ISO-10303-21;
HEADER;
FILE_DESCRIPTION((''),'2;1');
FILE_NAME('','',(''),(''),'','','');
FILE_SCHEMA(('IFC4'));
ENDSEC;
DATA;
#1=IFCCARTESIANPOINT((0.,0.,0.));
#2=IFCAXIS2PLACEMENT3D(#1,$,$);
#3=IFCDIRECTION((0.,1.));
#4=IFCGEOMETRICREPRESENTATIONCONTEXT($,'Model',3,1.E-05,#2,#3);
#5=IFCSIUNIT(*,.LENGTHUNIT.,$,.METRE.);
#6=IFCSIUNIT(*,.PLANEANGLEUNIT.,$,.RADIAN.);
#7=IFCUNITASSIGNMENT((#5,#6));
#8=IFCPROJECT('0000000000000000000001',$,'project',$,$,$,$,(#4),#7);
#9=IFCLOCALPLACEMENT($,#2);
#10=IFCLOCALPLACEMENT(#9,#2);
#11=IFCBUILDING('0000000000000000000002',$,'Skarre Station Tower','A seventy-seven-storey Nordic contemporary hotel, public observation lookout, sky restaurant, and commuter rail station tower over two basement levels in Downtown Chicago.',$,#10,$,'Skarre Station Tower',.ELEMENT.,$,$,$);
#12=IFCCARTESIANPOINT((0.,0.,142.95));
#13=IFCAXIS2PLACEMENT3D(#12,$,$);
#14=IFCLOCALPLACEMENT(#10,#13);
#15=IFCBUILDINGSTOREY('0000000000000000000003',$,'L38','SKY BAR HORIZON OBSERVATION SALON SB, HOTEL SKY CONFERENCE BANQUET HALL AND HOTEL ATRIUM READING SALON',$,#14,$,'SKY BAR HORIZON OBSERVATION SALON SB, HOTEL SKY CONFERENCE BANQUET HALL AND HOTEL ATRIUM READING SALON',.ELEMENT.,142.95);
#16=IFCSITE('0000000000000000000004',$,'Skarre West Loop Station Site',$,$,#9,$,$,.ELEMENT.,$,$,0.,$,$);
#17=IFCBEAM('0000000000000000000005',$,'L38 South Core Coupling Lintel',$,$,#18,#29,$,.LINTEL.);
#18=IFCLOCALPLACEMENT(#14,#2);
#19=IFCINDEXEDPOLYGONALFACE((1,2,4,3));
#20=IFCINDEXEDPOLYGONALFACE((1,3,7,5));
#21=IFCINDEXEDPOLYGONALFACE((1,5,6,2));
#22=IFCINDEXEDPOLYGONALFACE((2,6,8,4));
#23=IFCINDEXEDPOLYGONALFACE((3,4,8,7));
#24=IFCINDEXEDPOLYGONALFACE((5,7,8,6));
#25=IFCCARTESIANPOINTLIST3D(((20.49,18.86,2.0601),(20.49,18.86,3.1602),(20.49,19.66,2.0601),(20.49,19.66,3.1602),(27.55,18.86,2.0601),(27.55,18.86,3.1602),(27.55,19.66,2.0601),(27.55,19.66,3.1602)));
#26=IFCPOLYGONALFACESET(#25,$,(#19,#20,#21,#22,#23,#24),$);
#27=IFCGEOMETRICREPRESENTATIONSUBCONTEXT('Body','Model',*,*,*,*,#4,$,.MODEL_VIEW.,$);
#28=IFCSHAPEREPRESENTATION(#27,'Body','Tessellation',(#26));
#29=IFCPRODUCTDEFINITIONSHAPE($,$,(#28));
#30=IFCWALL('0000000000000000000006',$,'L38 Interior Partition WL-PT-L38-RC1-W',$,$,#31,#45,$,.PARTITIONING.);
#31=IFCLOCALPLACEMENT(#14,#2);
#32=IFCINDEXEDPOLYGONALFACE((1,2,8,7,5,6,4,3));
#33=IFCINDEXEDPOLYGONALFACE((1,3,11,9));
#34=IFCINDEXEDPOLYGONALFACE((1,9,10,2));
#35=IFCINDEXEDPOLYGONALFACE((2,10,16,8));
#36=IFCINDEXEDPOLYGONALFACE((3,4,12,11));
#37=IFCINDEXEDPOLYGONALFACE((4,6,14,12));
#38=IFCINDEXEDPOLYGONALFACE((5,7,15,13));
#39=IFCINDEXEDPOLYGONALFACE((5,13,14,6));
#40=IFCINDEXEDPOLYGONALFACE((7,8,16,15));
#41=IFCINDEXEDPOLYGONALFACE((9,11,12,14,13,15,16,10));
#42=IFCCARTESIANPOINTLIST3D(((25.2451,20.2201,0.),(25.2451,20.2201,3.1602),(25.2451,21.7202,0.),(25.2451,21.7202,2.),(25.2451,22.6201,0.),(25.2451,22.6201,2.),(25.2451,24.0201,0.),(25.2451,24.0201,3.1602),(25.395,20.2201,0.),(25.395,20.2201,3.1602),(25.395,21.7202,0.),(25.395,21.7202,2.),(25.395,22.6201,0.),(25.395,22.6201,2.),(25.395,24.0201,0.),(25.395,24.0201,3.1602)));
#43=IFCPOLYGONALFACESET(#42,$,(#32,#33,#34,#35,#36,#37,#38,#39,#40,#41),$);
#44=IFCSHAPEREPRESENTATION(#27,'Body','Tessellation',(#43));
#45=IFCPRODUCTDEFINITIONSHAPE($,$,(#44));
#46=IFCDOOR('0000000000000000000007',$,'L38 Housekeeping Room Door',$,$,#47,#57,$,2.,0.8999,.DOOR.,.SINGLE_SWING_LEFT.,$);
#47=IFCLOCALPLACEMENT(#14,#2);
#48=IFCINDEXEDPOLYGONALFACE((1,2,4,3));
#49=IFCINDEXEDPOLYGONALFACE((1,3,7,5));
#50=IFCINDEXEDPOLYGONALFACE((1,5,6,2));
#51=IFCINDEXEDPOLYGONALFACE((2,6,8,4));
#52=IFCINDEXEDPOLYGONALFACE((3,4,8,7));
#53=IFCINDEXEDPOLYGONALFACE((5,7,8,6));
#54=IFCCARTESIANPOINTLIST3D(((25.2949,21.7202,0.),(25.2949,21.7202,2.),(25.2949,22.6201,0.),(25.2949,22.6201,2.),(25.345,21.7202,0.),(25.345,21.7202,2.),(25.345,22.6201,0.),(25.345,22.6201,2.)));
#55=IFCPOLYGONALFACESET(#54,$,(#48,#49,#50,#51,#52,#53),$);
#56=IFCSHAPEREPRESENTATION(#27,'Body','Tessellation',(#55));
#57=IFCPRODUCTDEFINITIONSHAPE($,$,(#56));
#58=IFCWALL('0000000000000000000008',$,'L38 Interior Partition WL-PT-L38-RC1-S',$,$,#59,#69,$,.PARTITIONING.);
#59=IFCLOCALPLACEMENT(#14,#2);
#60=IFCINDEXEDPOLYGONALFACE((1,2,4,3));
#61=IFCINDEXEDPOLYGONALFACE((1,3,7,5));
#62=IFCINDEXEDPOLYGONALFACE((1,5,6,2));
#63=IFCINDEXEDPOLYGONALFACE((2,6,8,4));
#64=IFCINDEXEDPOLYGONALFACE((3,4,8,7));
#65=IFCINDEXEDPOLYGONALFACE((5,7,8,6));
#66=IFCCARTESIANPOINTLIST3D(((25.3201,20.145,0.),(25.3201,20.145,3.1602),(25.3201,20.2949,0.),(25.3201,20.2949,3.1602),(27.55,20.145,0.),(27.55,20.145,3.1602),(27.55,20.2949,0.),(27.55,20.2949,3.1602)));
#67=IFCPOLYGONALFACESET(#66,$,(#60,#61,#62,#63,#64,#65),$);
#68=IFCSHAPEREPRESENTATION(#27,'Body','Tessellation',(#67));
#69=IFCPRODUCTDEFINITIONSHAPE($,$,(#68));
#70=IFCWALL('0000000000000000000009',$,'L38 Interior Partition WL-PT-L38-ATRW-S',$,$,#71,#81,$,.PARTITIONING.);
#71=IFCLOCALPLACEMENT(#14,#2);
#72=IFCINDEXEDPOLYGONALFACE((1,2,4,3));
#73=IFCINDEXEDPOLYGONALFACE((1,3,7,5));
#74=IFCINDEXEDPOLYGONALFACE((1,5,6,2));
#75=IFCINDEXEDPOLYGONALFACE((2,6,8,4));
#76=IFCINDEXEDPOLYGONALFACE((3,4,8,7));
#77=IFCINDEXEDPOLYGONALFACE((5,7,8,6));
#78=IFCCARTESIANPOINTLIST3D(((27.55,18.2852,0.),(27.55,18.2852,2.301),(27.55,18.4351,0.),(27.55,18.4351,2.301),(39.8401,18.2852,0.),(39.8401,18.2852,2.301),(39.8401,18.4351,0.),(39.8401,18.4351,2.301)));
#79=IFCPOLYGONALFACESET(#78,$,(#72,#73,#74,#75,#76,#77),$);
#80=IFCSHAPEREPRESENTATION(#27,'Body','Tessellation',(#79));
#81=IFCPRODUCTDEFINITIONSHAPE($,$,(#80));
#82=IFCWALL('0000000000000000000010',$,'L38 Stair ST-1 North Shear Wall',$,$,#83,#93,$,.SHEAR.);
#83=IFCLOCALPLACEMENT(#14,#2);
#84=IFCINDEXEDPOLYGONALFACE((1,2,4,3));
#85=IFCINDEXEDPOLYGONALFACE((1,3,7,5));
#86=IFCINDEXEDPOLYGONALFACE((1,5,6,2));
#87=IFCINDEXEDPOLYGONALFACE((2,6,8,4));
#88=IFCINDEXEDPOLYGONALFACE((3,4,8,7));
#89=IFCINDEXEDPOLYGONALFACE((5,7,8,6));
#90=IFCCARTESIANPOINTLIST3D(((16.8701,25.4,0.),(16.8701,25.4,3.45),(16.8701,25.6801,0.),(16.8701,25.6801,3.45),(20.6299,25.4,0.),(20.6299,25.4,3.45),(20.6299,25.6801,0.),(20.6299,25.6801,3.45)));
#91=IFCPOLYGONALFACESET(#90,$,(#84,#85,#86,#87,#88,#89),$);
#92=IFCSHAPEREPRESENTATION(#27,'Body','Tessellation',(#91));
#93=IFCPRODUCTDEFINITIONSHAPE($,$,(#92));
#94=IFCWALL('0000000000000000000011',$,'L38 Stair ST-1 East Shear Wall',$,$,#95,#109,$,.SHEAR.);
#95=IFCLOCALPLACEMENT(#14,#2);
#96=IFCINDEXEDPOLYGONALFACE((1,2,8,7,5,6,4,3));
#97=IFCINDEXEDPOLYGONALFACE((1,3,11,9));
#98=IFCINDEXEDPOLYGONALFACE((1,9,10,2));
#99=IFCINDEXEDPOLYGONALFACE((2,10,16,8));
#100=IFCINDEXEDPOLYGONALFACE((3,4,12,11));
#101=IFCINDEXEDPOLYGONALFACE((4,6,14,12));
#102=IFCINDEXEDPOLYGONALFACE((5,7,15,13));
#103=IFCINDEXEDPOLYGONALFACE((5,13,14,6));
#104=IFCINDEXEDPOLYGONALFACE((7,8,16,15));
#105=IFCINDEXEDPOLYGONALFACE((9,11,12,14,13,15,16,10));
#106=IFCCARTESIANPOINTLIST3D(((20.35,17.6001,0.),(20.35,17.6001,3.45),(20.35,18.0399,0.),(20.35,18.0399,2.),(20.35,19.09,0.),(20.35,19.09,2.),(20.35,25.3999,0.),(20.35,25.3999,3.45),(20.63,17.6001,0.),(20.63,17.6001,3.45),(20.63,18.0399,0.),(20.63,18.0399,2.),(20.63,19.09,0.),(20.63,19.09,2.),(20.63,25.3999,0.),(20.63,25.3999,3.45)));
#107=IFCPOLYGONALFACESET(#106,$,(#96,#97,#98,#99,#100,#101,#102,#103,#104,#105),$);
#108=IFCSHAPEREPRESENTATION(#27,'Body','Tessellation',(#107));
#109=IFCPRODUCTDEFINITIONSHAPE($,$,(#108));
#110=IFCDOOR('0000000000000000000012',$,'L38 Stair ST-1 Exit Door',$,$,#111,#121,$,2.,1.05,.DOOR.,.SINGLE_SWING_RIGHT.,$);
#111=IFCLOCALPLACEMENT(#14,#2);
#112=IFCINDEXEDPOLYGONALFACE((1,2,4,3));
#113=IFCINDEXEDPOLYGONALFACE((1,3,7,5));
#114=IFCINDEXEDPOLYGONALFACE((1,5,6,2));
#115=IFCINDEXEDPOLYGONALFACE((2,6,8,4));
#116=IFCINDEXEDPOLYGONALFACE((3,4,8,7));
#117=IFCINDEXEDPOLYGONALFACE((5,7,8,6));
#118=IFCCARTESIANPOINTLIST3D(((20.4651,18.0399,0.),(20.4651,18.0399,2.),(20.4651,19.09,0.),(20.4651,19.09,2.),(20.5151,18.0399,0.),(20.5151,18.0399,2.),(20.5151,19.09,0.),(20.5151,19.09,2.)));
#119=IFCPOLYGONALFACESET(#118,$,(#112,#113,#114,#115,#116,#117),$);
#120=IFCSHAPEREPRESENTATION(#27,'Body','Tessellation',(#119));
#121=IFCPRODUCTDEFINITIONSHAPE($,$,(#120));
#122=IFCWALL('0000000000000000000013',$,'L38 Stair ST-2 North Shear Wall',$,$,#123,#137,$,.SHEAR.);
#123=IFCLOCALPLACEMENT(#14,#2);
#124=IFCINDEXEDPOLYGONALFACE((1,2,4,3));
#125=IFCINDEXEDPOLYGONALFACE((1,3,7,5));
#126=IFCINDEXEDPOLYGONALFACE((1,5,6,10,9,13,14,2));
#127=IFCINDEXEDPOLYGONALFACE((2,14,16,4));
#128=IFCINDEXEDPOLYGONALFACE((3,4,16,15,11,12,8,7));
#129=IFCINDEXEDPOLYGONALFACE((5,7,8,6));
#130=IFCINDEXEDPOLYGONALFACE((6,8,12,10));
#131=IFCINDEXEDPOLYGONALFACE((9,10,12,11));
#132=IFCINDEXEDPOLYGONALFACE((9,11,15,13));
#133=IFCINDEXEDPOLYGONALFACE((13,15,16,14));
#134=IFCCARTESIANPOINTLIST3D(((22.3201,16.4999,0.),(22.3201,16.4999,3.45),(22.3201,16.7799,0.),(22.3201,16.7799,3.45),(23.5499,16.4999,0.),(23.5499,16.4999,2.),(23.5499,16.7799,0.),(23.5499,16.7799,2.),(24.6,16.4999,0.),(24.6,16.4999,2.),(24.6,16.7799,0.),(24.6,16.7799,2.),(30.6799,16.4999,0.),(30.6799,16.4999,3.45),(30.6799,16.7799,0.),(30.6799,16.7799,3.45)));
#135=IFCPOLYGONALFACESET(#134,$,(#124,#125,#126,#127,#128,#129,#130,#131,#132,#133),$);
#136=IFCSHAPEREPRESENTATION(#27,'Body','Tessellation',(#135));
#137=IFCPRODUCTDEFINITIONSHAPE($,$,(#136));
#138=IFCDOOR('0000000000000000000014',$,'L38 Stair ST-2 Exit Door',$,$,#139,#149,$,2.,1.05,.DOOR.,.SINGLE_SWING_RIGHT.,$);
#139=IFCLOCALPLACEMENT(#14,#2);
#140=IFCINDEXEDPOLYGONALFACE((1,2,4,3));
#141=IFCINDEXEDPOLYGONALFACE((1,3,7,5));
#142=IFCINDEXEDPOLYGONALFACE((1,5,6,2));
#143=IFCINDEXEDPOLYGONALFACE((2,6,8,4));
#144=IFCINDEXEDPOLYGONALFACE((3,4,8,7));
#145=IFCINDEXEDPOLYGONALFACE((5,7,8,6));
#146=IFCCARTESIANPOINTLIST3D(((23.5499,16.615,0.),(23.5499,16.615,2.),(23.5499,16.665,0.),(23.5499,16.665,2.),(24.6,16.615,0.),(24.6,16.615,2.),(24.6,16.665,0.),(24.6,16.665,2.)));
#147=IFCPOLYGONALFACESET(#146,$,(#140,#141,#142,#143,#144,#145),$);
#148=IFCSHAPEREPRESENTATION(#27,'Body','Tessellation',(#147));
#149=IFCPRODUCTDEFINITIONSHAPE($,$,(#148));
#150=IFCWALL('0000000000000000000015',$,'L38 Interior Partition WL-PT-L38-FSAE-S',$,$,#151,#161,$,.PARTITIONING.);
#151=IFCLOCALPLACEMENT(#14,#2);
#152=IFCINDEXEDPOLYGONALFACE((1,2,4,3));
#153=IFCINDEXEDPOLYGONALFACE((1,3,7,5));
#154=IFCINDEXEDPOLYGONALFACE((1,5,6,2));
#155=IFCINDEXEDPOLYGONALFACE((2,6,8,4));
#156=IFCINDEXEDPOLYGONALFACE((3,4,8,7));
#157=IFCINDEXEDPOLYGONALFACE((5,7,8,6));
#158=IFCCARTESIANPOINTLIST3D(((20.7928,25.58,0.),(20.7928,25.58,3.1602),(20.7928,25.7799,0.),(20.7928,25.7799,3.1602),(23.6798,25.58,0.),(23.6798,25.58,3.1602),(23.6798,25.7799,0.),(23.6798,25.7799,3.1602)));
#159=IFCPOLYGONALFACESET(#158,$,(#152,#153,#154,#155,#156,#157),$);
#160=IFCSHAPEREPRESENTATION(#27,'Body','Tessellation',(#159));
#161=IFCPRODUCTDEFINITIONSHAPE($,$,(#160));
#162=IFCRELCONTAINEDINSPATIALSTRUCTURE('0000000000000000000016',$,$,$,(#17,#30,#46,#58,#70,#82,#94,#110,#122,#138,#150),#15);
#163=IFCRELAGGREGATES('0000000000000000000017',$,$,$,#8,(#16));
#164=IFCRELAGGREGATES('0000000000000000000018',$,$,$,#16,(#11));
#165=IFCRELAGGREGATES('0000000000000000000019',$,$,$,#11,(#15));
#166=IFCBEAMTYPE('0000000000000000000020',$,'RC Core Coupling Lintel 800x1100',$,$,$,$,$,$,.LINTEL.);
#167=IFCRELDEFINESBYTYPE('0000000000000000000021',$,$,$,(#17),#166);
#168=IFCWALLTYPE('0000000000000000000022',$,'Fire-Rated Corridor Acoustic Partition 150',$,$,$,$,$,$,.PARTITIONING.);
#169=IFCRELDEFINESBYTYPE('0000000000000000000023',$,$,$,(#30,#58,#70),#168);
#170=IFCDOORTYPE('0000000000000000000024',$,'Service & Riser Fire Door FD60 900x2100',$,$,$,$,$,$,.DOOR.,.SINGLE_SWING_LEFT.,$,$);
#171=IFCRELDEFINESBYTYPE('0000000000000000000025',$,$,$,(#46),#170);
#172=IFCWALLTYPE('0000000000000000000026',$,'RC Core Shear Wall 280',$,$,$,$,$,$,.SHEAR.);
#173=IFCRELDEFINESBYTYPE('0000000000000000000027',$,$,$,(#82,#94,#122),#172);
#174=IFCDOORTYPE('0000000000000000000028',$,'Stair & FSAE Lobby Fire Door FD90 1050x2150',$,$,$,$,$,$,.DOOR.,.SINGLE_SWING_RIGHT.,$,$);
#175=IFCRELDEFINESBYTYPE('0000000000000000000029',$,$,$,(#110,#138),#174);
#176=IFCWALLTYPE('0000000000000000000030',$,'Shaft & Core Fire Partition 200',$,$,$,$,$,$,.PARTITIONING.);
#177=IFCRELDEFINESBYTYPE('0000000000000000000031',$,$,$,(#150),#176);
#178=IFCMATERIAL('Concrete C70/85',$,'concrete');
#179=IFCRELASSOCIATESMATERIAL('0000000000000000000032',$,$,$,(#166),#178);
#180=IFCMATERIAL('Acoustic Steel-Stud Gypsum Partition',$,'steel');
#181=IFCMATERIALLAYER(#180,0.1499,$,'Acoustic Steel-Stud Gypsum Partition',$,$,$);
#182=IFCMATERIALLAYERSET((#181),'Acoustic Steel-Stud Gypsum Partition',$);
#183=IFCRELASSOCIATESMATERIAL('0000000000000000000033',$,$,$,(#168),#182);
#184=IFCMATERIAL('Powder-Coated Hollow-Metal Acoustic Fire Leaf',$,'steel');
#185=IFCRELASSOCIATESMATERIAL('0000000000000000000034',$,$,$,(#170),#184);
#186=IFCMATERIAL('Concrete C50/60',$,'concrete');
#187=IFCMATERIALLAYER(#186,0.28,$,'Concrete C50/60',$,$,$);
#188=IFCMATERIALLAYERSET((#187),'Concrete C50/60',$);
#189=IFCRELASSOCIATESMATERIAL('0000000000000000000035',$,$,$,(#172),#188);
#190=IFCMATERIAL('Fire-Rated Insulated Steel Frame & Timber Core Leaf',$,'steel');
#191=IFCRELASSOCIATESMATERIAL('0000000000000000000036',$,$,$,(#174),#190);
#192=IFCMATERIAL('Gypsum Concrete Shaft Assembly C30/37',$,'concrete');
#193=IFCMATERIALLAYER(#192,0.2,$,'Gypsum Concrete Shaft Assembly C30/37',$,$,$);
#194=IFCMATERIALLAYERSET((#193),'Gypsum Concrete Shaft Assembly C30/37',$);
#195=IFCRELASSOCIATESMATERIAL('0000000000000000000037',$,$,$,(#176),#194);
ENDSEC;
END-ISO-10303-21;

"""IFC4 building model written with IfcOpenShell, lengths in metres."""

from ifc_helpers import new_model, si_unit, direction, frame, frame_2d, origin, origin_2d, place, context, subcontext, project, spatial, rectangle, extrude, material, layer, layer_set, material_profile, profile_set, type_object, element, fill, save


model = new_model("IFC4")

# Units and contexts
model_context = context("Model", 3, precision=1e-05, world=origin(), true_north=direction((0.0, 1.0)))
body_context = subcontext(model_context, "Body", "Model", "MODEL_VIEW")
ifc_project = project(units=[si_unit("LENGTHUNIT", "METRE"), si_unit("PLANEANGLEUNIT", "RADIAN")], contexts=[model_context])

# Site, building, storey
site_placement = place(None, origin())
site = spatial("IfcSite", under=ifc_project, at=site_placement, Name="Skarre West Loop Station Site", CompositionType="ELEMENT", RefElevation=0.0)
building_placement = place(site_placement, origin())
building = spatial("IfcBuilding", under=site, at=building_placement, Name="Skarre Station Tower", Description="A seventy-seven-storey Nordic contemporary hotel, public observation lookout, sky restaurant, and commuter rail station tower over two basement levels in Downtown Chicago.", LongName="Skarre Station Tower", CompositionType="ELEMENT")
storey_placement = place(building_placement, frame((0.0, 0.0, 142.95)))
storey = spatial("IfcBuildingStorey", under=building, at=storey_placement, Name="L38", Description="SKY BAR HORIZON OBSERVATION SALON SB, HOTEL SKY CONFERENCE BANQUET HALL AND HOTEL ATRIUM READING SALON", LongName="SKY BAR HORIZON OBSERVATION SALON SB, HOTEL SKY CONFERENCE BANQUET HALL AND HOTEL ATRIUM READING SALON", CompositionType="ELEMENT", Elevation=142.95)

# Beam
ifc_material_1 = material(Name="Concrete C70/85", Category="concrete")
ifc_material_profile = material_profile(ifc_material_1, rectangle(XDim=0.8, YDim=1.1001, at=origin_2d()), Name="Concrete C70/85")
ifc_profile_set = profile_set([ifc_material_profile], Name="Concrete C70/85")
beam_type = type_object("IfcBeamType", Name="RC Core Coupling Lintel 800x1100", PredefinedType="LINTEL", material=ifc_profile_set)
beam_placement = place(storey_placement, frame((20.49, 19.26, 2.6101), z_axis=(1.0, 0.0, 0.0), x_axis=(0.0, 1.0, 0.0)))
element("IfcBeam", 1, at=beam_placement, inside=storey, type_object=beam_type, Name="L38 South Core Coupling Lintel", PredefinedType="LINTEL", context=body_context, shape_type="SweptSolid", body=[
    extrude(rectangle(XDim=0.8, YDim=1.1001, at=origin_2d()), origin(), (0.0, 0.0, 1.0), 7.0601),
])

# Wall, opening, door
ifc_material_2 = material(Name="Acoustic Steel-Stud Gypsum Partition", Category="steel")
ifc_layer_1 = layer(ifc_material_2, 0.1499, Name="Acoustic Steel-Stud Gypsum Partition")
ifc_layer_set_1 = layer_set([ifc_layer_1], Name="Acoustic Steel-Stud Gypsum Partition")
wall_type_1 = type_object("IfcWallType", Name="Fire-Rated Corridor Acoustic Partition 150", PredefinedType="PARTITIONING", material=ifc_layer_set_1)
wall_1_placement = place(storey_placement, frame((25.3201, 24.02, 0.0), z_axis=(0.0, 0.0, 1.0), x_axis=(0.0, -1.0, 0.0)))
wall_1 = element("IfcWall", 2, at=wall_1_placement, inside=storey, type_object=wall_type_1, Name="L38 Interior Partition WL-PT-L38-RC1-W", PredefinedType="PARTITIONING", context=body_context, shape_type="SweptSolid", body=[
    extrude(rectangle(XDim=3.8, YDim=0.1499, at=frame_2d((1.8999, 0.0))), origin(), (0.0, 0.0, 1.0), 3.1602),
])
opening_1_placement = place(wall_1_placement, frame((1.3999, 0.0, 0.0)))
opening_1 = element("IfcOpeningElement", 3, at=opening_1_placement, cuts=wall_1, PredefinedType="OPENING", context=body_context, shape_type="SweptSolid", body=[
    extrude(rectangle(XDim=0.8999, YDim=2.0, at=frame_2d((0.45, 1.0))), frame((0.0, 0.085, 0.0), z_axis=(0.0, -1.0, 0.0), x_axis=(1.0, 0.0, 0.0)), (0.0, 0.0, 1.0), 0.1699),
])
ifc_material_3 = material(Name="Powder-Coated Hollow-Metal Acoustic Fire Leaf", Category="steel")
door_type_1 = type_object("IfcDoorType", Name="Service & Riser Fire Door FD60 900x2100", OperationType="SINGLE_SWING_LEFT", PredefinedType="DOOR", material=ifc_material_3)
door_1_placement = place(opening_1_placement, origin())
door_1 = element("IfcDoor", 4, at=door_1_placement, inside=storey, type_object=door_type_1, Name="L38 Housekeeping Room Door", OperationType="SINGLE_SWING_LEFT", OverallHeight=2.0, OverallWidth=0.8999, PredefinedType="DOOR", context=body_context, shape_type="SweptSolid", body=[
    extrude(rectangle(XDim=0.8999, YDim=2.0, at=frame_2d((0.45, 1.0))), frame((0.0, 0.0249, 0.0), z_axis=(0.0, -1.0, 0.0), x_axis=(1.0, 0.0, 0.0)), (0.0, 0.0, 1.0), 0.05),
])
fill(opening_1, door_1)

# Walls
wall_2_placement = place(storey_placement, frame((25.3201, 20.22, 0.0), z_axis=(0.0, 0.0, 1.0), x_axis=(1.0, 0.0, 0.0)))
element("IfcWall", 5, at=wall_2_placement, inside=storey, type_object=wall_type_1, Name="L38 Interior Partition WL-PT-L38-RC1-S", PredefinedType="PARTITIONING", context=body_context, shape_type="SweptSolid", body=[
    extrude(rectangle(XDim=2.23, YDim=0.1499, at=frame_2d((1.115, 0.0))), origin(), (0.0, 0.0, 1.0), 3.1602),
])
wall_3_placement = place(storey_placement, frame((27.55, 18.3601, 0.0), z_axis=(0.0, 0.0, 1.0), x_axis=(1.0, 0.0, 0.0)))
element("IfcWall", 6, at=wall_3_placement, inside=storey, type_object=wall_type_1, Name="L38 Interior Partition WL-PT-L38-ATRW-S", PredefinedType="PARTITIONING", context=body_context, shape_type="SweptSolid", body=[
    extrude(rectangle(XDim=12.29, YDim=0.1499, at=frame_2d((6.145, 0.0))), origin(), (0.0, 0.0, 1.0), 2.301),
])
ifc_material_4 = material(Name="Concrete C50/60", Category="concrete")
ifc_layer_2 = layer(ifc_material_4, 0.28, Name="Concrete C50/60")
ifc_layer_set_2 = layer_set([ifc_layer_2], Name="Concrete C50/60")
wall_type_2 = type_object("IfcWallType", Name="RC Core Shear Wall 280", PredefinedType="SHEAR", material=ifc_layer_set_2)
wall_4_placement = place(storey_placement, frame((20.6299, 25.54, 0.0), z_axis=(0.0, 0.0, 1.0), x_axis=(-1.0, 0.0, 0.0)))
element("IfcWall", 7, at=wall_4_placement, inside=storey, type_object=wall_type_2, Name="L38 Stair ST-1 North Shear Wall", PredefinedType="SHEAR", context=body_context, shape_type="SweptSolid", body=[
    extrude(rectangle(XDim=3.7598, YDim=0.28, at=frame_2d((1.8799, 0.0))), origin(), (0.0, 0.0, 1.0), 3.45),
])

# Walls, openings, doors
wall_5_placement = place(storey_placement, frame((20.49, 17.6001, 0.0), z_axis=(0.0, 0.0, 1.0), x_axis=(0.0, 1.0, 0.0)))
wall_5 = element("IfcWall", 8, at=wall_5_placement, inside=storey, type_object=wall_type_2, Name="L38 Stair ST-1 East Shear Wall", PredefinedType="SHEAR", context=body_context, shape_type="SweptSolid", body=[
    extrude(rectangle(XDim=7.7998, YDim=0.28, at=frame_2d((3.8999, 0.0))), origin(), (0.0, 0.0, 1.0), 3.45),
])
opening_2_placement = place(wall_5_placement, frame((0.4399, 0.0, 0.0)))
opening_2 = element("IfcOpeningElement", 9, at=opening_2_placement, cuts=wall_5, PredefinedType="OPENING", context=body_context, shape_type="SweptSolid", body=[
    extrude(rectangle(XDim=1.05, YDim=2.0, at=frame_2d((0.5249, 1.0))), frame((0.0, 0.1499, 0.0), z_axis=(0.0, -1.0, 0.0), x_axis=(1.0, 0.0, 0.0)), (0.0, 0.0, 1.0), 0.3),
])
ifc_material_5 = material(Name="Fire-Rated Insulated Steel Frame & Timber Core Leaf", Category="steel")
door_type_2 = type_object("IfcDoorType", Name="Stair & FSAE Lobby Fire Door FD90 1050x2150", OperationType="SINGLE_SWING_RIGHT", PredefinedType="DOOR", material=ifc_material_5)
door_2_placement = place(opening_2_placement, origin())
door_2 = element("IfcDoor", 10, at=door_2_placement, inside=storey, type_object=door_type_2, Name="L38 Stair ST-1 Exit Door", OperationType="SINGLE_SWING_RIGHT", OverallHeight=2.0, OverallWidth=1.05, PredefinedType="DOOR", context=body_context, shape_type="SweptSolid", body=[
    extrude(rectangle(XDim=1.05, YDim=2.0, at=frame_2d((0.5249, 1.0))), frame((0.0, 0.0249, 0.0), z_axis=(0.0, -1.0, 0.0), x_axis=(1.0, 0.0, 0.0)), (0.0, 0.0, 1.0), 0.05),
])
fill(opening_2, door_2)
wall_6_placement = place(storey_placement, frame((30.6799, 16.6399, 0.0), z_axis=(0.0, 0.0, 1.0), x_axis=(-1.0, 0.0, 0.0)))
wall_6 = element("IfcWall", 11, at=wall_6_placement, inside=storey, type_object=wall_type_2, Name="L38 Stair ST-2 North Shear Wall", PredefinedType="SHEAR", context=body_context, shape_type="SweptSolid", body=[
    extrude(rectangle(XDim=8.3599, YDim=0.28, at=frame_2d((4.1799, 0.0))), origin(), (0.0, 0.0, 1.0), 3.45),
])
opening_3_placement = place(wall_6_placement, frame((6.0801, 0.0, 0.0)))
opening_3 = element("IfcOpeningElement", 12, at=opening_3_placement, cuts=wall_6, PredefinedType="OPENING", context=body_context, shape_type="SweptSolid", body=[
    extrude(rectangle(XDim=1.05, YDim=2.0, at=frame_2d((0.5249, 1.0))), frame((0.0, 0.1499, 0.0), z_axis=(0.0, -1.0, 0.0), x_axis=(1.0, 0.0, 0.0)), (0.0, 0.0, 1.0), 0.3),
])
door_3_placement = place(opening_3_placement, origin())
door_3 = element("IfcDoor", 13, at=door_3_placement, inside=storey, type_object=door_type_2, Name="L38 Stair ST-2 Exit Door", OperationType="SINGLE_SWING_RIGHT", OverallHeight=2.0, OverallWidth=1.05, PredefinedType="DOOR", context=body_context, shape_type="SweptSolid", body=[
    extrude(rectangle(XDim=1.05, YDim=2.0, at=frame_2d((0.5249, 1.0))), frame((0.0, 0.0249, 0.0), z_axis=(0.0, -1.0, 0.0), x_axis=(1.0, 0.0, 0.0)), (0.0, 0.0, 1.0), 0.05),
])
fill(opening_3, door_3)

# Wall
ifc_material_6 = material(Name="Gypsum Concrete Shaft Assembly C30/37", Category="concrete")
ifc_layer_3 = layer(ifc_material_6, 0.2, Name="Gypsum Concrete Shaft Assembly C30/37")
ifc_layer_set_3 = layer_set([ifc_layer_3], Name="Gypsum Concrete Shaft Assembly C30/37")
wall_type_3 = type_object("IfcWallType", Name="Shaft & Core Fire Partition 200", PredefinedType="PARTITIONING", material=ifc_layer_set_3)
wall_7_placement = place(storey_placement, frame((20.793, 25.6799, 0.0), z_axis=(0.0, 0.0, 1.0), x_axis=(1.0, 0.0, 0.0)))
element("IfcWall", 14, at=wall_7_placement, inside=storey, type_object=wall_type_3, Name="L38 Interior Partition WL-PT-L38-FSAE-S", PredefinedType="PARTITIONING", context=body_context, shape_type="SweptSolid", body=[
    extrude(rectangle(XDim=2.887, YDim=0.2, at=frame_2d((1.4434, 0.0))), origin(), (0.0, 0.0, 1.0), 3.1602),
])

save(model, "model.ifc")
